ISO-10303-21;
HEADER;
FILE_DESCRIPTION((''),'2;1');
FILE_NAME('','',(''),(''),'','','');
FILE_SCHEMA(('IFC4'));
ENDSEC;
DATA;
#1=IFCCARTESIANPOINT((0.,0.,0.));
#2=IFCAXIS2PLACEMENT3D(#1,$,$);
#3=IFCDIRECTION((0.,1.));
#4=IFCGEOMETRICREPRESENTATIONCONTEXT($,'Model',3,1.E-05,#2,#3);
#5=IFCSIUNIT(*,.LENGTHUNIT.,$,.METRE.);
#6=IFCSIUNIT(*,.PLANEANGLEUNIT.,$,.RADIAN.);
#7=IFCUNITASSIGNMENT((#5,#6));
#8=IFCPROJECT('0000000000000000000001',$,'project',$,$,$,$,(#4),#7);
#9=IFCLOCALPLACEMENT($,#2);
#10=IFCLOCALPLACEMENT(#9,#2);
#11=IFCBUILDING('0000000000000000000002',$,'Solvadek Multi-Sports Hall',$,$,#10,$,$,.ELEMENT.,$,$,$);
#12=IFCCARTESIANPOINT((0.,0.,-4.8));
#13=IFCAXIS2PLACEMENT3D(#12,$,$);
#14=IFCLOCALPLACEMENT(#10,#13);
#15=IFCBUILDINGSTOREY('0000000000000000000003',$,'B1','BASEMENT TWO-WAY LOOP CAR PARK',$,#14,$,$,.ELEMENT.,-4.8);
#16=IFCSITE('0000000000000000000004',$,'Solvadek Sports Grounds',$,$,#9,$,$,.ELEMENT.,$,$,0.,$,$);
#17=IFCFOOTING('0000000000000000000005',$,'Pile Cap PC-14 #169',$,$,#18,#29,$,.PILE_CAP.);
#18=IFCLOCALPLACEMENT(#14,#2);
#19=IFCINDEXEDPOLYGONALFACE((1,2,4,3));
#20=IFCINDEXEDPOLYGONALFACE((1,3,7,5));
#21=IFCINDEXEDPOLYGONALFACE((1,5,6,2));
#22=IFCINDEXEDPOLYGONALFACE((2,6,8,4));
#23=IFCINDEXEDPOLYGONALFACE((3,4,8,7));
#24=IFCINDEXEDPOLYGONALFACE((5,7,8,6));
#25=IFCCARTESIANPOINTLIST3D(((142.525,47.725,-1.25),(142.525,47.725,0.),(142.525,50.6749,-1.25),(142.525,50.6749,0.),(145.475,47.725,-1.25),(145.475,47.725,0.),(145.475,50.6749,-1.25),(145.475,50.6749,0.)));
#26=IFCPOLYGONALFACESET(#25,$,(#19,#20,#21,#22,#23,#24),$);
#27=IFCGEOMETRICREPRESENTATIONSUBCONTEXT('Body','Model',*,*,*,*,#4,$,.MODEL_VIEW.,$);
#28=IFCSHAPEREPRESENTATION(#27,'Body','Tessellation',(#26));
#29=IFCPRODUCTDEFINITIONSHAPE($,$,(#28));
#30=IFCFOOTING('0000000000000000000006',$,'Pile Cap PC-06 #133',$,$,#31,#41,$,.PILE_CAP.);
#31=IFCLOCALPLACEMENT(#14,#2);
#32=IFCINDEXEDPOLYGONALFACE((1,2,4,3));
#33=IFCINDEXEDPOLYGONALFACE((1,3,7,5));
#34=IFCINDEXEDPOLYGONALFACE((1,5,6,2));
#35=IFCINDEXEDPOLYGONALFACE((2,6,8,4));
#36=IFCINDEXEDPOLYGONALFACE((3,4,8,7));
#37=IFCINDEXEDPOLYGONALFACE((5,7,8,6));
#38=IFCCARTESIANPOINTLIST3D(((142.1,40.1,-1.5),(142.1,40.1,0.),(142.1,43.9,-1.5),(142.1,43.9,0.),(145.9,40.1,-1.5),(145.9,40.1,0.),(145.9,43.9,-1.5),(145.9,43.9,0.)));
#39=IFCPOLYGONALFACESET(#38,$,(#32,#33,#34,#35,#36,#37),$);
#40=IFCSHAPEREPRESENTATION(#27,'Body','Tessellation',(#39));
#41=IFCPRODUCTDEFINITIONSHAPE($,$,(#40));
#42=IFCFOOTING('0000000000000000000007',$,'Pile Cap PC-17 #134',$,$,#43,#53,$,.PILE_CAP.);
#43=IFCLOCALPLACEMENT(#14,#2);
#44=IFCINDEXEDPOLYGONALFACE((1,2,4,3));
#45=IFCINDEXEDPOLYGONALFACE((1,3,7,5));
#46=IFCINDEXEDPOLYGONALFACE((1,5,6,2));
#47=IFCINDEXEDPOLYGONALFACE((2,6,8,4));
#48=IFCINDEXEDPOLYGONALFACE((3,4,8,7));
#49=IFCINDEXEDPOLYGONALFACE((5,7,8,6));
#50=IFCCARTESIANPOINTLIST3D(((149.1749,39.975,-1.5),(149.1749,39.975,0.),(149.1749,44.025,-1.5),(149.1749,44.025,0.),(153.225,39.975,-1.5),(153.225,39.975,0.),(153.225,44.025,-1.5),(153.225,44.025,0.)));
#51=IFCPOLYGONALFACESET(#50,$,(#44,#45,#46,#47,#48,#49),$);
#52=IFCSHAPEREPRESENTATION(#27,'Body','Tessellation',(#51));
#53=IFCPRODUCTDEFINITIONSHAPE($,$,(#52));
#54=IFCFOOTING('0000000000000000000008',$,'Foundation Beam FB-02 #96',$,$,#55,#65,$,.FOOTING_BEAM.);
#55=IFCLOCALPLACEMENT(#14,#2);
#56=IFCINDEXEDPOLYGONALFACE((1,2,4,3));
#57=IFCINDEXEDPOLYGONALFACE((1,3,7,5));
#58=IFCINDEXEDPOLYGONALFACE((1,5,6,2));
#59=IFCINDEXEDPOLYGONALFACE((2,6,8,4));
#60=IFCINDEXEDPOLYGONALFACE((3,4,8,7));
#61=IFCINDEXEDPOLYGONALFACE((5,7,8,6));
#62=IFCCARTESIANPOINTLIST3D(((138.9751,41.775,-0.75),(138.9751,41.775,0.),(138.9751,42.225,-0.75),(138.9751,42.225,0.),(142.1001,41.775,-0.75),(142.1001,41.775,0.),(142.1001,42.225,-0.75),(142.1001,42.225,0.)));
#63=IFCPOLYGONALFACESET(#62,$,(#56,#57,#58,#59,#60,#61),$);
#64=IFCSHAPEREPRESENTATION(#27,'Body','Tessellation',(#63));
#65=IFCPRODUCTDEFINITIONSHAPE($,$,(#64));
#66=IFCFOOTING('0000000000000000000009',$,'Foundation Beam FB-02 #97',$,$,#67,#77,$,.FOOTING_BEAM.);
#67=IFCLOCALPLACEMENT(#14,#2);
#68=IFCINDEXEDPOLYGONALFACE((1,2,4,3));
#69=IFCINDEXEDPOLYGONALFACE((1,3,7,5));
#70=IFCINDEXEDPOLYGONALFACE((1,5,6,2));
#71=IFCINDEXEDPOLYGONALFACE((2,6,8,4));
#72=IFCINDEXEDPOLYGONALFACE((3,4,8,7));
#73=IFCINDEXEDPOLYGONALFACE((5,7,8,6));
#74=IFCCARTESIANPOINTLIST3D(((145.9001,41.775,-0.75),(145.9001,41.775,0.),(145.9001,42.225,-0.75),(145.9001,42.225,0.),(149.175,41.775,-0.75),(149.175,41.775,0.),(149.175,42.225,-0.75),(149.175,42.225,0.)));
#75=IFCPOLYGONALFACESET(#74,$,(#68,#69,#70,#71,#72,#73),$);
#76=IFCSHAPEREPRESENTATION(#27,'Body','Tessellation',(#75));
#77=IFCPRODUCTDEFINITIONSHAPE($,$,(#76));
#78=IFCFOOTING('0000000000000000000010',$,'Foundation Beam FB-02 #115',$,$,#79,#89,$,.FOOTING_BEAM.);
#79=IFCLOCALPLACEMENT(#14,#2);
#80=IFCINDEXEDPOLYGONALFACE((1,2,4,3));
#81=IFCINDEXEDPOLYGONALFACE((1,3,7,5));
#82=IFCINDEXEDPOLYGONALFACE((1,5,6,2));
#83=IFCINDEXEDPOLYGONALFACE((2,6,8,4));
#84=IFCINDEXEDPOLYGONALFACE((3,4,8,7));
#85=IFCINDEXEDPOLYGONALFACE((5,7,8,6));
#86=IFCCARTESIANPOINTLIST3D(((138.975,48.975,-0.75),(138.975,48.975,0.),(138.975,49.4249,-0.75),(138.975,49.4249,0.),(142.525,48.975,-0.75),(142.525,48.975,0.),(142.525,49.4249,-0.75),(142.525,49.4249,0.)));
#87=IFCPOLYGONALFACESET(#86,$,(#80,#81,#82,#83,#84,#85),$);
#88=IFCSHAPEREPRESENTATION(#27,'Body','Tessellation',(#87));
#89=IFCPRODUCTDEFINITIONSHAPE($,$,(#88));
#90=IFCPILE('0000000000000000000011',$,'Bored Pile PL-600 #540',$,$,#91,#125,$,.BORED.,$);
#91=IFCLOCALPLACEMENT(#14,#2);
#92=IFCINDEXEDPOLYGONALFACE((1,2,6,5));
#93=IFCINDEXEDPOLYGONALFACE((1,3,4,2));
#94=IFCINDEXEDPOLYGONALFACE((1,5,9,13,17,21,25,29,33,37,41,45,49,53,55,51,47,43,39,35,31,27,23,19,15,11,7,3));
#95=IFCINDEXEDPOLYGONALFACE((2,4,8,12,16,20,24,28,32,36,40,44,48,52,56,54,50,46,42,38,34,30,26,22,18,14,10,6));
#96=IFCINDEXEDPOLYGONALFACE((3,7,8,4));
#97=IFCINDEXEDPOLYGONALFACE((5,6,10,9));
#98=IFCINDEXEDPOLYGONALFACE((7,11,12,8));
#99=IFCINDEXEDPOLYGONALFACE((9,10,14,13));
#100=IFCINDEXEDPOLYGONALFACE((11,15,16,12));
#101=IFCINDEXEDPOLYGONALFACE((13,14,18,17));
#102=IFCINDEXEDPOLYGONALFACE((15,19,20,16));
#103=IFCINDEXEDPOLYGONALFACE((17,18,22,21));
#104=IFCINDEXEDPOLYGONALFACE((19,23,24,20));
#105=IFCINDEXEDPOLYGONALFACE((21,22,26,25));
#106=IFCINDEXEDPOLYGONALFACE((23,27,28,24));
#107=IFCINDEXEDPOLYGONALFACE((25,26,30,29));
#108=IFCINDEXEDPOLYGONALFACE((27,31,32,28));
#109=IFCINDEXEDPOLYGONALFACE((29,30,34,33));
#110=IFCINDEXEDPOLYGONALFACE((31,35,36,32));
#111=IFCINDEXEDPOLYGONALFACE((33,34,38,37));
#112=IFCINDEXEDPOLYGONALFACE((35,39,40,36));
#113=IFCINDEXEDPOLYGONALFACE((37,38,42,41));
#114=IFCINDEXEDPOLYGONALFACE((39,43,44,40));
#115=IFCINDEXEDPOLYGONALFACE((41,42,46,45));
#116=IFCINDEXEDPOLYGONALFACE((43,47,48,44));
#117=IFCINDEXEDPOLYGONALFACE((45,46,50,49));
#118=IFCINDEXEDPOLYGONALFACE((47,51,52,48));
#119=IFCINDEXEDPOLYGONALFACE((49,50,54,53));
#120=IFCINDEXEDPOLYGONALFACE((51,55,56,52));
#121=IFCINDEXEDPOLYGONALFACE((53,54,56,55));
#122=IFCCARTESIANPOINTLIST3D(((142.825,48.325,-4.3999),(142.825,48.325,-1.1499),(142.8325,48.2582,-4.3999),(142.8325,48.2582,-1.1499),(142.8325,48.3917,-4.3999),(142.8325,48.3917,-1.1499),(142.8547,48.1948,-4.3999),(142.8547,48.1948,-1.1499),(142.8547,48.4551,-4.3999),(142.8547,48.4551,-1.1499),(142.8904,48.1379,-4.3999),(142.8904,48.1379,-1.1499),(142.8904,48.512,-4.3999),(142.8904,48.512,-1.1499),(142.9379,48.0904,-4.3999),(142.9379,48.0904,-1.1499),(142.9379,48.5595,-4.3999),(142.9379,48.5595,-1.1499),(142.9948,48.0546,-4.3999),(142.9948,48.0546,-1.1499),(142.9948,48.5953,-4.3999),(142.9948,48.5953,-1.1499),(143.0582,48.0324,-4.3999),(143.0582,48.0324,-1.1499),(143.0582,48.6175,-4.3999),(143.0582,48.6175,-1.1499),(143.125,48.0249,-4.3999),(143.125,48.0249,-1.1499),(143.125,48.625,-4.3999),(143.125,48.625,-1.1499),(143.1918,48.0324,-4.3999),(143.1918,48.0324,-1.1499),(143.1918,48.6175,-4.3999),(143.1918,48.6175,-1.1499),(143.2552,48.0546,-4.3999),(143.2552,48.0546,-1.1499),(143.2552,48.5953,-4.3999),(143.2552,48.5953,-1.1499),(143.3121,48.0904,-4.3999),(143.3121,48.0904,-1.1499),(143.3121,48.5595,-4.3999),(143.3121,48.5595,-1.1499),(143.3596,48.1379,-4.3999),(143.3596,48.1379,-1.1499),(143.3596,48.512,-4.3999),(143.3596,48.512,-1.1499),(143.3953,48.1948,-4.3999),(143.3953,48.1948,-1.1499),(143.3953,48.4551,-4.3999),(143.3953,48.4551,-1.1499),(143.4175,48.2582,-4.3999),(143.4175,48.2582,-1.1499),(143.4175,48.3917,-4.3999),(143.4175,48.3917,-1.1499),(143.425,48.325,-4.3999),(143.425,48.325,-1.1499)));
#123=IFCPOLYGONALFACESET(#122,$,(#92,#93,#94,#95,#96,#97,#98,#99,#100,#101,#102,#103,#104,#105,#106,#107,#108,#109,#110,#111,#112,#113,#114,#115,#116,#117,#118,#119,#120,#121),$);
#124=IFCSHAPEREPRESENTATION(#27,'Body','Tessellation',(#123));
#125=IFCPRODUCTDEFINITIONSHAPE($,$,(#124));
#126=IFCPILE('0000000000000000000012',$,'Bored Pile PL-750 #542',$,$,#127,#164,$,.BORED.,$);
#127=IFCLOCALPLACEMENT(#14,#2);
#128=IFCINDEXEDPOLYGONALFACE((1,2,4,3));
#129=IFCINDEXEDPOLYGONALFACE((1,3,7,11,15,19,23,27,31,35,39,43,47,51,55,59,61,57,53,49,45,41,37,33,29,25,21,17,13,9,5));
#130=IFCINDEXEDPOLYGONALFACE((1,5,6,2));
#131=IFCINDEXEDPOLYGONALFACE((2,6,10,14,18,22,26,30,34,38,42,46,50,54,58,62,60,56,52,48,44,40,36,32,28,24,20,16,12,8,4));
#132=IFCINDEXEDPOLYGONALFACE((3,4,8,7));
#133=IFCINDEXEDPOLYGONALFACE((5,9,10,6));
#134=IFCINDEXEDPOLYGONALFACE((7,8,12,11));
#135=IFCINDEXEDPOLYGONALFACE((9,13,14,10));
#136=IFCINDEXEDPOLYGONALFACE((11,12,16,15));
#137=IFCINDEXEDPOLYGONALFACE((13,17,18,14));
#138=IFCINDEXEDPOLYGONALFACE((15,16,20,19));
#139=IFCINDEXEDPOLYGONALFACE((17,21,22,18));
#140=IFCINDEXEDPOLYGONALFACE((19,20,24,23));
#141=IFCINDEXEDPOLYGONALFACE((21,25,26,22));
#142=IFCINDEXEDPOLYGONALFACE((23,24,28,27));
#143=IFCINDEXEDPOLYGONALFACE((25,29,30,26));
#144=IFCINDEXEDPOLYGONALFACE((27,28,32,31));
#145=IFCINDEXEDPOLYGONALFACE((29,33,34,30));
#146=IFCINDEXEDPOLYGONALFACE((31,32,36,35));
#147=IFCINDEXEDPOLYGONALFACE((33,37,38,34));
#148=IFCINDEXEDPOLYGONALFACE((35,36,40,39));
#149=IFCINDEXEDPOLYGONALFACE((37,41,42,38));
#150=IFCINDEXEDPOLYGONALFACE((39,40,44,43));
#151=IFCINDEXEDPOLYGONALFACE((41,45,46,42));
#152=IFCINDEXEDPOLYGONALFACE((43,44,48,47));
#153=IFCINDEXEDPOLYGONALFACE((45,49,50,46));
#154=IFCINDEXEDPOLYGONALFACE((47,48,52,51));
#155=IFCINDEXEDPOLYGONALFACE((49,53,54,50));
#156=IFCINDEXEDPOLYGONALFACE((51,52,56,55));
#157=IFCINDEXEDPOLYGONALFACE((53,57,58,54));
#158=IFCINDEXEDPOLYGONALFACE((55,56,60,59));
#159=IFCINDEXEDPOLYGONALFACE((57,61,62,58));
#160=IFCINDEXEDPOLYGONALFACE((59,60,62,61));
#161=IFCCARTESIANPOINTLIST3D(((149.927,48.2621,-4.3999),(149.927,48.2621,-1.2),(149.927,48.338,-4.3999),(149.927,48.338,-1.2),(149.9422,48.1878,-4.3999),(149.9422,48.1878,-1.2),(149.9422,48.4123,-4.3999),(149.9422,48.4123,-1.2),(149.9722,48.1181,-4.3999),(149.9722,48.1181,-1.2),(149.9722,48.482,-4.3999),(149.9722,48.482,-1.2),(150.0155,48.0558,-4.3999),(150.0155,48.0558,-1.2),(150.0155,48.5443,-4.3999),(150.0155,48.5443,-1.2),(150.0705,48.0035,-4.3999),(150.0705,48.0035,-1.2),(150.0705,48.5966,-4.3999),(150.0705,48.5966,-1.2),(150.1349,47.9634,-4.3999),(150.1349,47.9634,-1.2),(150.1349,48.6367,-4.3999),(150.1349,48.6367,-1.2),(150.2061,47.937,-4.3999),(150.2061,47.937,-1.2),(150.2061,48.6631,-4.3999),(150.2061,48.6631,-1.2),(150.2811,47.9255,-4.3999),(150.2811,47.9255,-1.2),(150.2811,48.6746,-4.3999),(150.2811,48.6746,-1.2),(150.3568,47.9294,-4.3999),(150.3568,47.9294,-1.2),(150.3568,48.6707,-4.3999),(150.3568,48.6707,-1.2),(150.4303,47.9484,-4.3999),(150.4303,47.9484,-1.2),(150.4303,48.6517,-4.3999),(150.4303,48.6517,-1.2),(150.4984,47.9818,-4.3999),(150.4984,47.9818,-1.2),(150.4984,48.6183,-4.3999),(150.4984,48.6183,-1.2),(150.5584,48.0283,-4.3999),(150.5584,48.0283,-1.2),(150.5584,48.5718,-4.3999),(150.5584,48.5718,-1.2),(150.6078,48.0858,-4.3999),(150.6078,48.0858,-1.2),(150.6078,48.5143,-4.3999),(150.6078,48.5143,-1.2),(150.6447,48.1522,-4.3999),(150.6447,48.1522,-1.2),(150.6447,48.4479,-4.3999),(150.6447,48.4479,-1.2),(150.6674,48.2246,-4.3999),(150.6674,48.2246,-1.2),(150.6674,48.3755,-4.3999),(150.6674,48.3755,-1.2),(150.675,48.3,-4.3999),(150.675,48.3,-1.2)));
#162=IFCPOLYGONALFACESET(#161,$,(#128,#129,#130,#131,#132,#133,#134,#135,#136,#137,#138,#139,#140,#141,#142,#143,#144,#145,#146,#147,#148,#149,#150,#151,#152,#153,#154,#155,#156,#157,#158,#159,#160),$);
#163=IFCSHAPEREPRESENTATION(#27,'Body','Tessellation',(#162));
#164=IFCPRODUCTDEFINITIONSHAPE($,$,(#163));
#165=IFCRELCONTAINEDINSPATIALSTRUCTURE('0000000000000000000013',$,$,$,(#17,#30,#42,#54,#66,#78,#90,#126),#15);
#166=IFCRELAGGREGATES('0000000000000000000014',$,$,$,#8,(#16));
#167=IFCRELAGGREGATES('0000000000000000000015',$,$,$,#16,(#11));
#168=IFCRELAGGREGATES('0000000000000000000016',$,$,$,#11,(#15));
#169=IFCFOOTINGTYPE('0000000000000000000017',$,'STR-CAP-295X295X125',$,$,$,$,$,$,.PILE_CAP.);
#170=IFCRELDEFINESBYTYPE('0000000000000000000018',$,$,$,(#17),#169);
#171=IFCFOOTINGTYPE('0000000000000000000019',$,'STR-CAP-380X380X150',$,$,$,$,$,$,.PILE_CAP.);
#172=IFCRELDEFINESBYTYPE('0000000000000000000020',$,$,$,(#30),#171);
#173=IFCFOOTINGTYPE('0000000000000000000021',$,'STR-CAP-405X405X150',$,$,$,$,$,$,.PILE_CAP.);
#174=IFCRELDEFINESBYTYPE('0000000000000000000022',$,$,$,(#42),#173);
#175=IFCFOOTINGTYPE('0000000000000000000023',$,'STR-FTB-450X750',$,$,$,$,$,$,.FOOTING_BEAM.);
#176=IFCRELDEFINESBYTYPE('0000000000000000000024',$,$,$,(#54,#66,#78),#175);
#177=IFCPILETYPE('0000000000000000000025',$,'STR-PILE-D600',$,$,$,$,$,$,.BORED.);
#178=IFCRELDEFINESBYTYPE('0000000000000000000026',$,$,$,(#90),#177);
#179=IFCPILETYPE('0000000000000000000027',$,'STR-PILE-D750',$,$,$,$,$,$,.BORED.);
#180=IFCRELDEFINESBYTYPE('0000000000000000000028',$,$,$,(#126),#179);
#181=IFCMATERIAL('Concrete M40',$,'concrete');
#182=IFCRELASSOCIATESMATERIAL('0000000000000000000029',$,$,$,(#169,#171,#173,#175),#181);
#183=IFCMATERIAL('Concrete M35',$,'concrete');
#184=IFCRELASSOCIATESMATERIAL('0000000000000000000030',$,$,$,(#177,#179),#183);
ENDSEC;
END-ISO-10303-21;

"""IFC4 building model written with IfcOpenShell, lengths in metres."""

from ifc_helpers import new_model, si_unit, direction, frame, origin, origin_2d, place, context, subcontext, project, spatial, rectangle, circle, extrude, material, material_profile, profile_set, type_object, element, save


model = new_model("IFC4")

# Units and contexts
model_context = context("Model", 3, precision=1e-05, world=origin(), true_north=direction((0.0, 1.0)))
body_context = subcontext(model_context, "Body", "Model", "MODEL_VIEW")
ifc_project = project(units=[si_unit("LENGTHUNIT", "METRE"), si_unit("PLANEANGLEUNIT", "RADIAN")], contexts=[model_context])

# Site, building, storey
site_placement = place(None, origin())
site = spatial("IfcSite", under=ifc_project, at=site_placement, Name="Solvadek Sports Grounds", CompositionType="ELEMENT", RefElevation=0.0)
building_placement = place(site_placement, origin())
building = spatial("IfcBuilding", under=site, at=building_placement, Name="Solvadek Multi-Sports Hall", CompositionType="ELEMENT")
storey_placement = place(building_placement, frame((0.0, 0.0, -4.8)))
storey = spatial("IfcBuildingStorey", under=building, at=storey_placement, Name="B1", Description="BASEMENT TWO-WAY LOOP CAR PARK", CompositionType="ELEMENT", Elevation=-4.8)

# Footings
ifc_material_1 = material(Name="Concrete M40", Category="concrete")
footing_type_1 = type_object("IfcFootingType", Name="STR-CAP-295X295X125", PredefinedType="PILE_CAP", material=ifc_material_1)
footing_1_placement = place(storey_placement, frame((144.0, 49.2, -1.25), z_axis=(0.0, 0.0, 1.0), x_axis=(1.0, 0.0, 0.0)))
element("IfcFooting", 1, at=footing_1_placement, inside=storey, type_object=footing_type_1, Name="Pile Cap PC-14 #169", PredefinedType="PILE_CAP", context=body_context, shape_type="SweptSolid", body=[
    extrude(rectangle(XDim=2.95, YDim=2.95, at=origin_2d()), origin(), (0.0, 0.0, 1.0), 1.25),
])
footing_type_2 = type_object("IfcFootingType", Name="STR-CAP-380X380X150", PredefinedType="PILE_CAP", material=ifc_material_1)
footing_2_placement = place(storey_placement, frame((144.0, 42.0, -1.5), z_axis=(0.0, 0.0, 1.0), x_axis=(1.0, 0.0, 0.0)))
element("IfcFooting", 2, at=footing_2_placement, inside=storey, type_object=footing_type_2, Name="Pile Cap PC-06 #133", PredefinedType="PILE_CAP", context=body_context, shape_type="SweptSolid", body=[
    extrude(rectangle(XDim=3.8, YDim=3.8, at=origin_2d()), origin(), (0.0, 0.0, 1.0), 1.5),
])
footing_type_3 = type_object("IfcFootingType", Name="STR-CAP-405X405X150", PredefinedType="PILE_CAP", material=ifc_material_1)
footing_3_placement = place(storey_placement, frame((151.2, 42.0, -1.5), z_axis=(0.0, 0.0, 1.0), x_axis=(1.0, 0.0, 0.0)))
element("IfcFooting", 3, at=footing_3_placement, inside=storey, type_object=footing_type_3, Name="Pile Cap PC-17 #134", PredefinedType="PILE_CAP", context=body_context, shape_type="SweptSolid", body=[
    extrude(rectangle(XDim=4.05, YDim=4.05, at=origin_2d()), origin(), (0.0, 0.0, 1.0), 1.5),
])
footing_type_4 = type_object("IfcFootingType", Name="STR-FTB-450X750", PredefinedType="FOOTING_BEAM", material=ifc_material_1)
footing_4_placement = place(storey_placement, frame((140.5376, 42.0, -0.75), z_axis=(0.0, 0.0, 1.0), x_axis=(1.0, 0.0, 0.0)))
element("IfcFooting", 4, at=footing_4_placement, inside=storey, type_object=footing_type_4, Name="Foundation Beam FB-02 #96", PredefinedType="FOOTING_BEAM", context=body_context, shape_type="SweptSolid", body=[
    extrude(rectangle(XDim=3.125, YDim=0.45, at=origin_2d()), origin(), (0.0, 0.0, 1.0), 0.75),
])
footing_5_placement = place(storey_placement, frame((147.5376, 42.0, -0.75), z_axis=(0.0, 0.0, 1.0), x_axis=(1.0, 0.0, 0.0)))
element("IfcFooting", 5, at=footing_5_placement, inside=storey, type_object=footing_type_4, Name="Foundation Beam FB-02 #97", PredefinedType="FOOTING_BEAM", context=body_context, shape_type="SweptSolid", body=[
    extrude(rectangle(XDim=3.2749, YDim=0.45, at=origin_2d()), origin(), (0.0, 0.0, 1.0), 0.75),
])
footing_6_placement = place(storey_placement, frame((140.75, 49.2, -0.75), z_axis=(0.0, 0.0, 1.0), x_axis=(1.0, 0.0, 0.0)))
element("IfcFooting", 6, at=footing_6_placement, inside=storey, type_object=footing_type_4, Name="Foundation Beam FB-02 #115", PredefinedType="FOOTING_BEAM", context=body_context, shape_type="SweptSolid", body=[
    extrude(rectangle(XDim=3.55, YDim=0.45, at=origin_2d()), origin(), (0.0, 0.0, 1.0), 0.75),
])

# Piles
ifc_material_2 = material(Name="Concrete M35", Category="concrete")
ifc_material_profile_1 = material_profile(ifc_material_2, circle(Radius=0.3, at=origin_2d()), Name="BORED PILE D600")
ifc_profile_set_1 = profile_set([ifc_material_profile_1], Name="Concrete M35")
pile_type_1 = type_object("IfcPileType", Name="STR-PILE-D600", PredefinedType="BORED", material=ifc_profile_set_1)
pile_1_placement = place(storey_placement, frame((143.125, 48.325, -1.1499), z_axis=(0.0, 0.0, -1.0), x_axis=(1.0, 0.0, 0.0)))
element("IfcPile", 7, at=pile_1_placement, inside=storey, type_object=pile_type_1, Name="Bored Pile PL-600 #540", PredefinedType="BORED", context=body_context, shape_type="SweptSolid", body=[
    extrude(circle(Radius=0.3, at=origin_2d()), origin(), (0.0, 0.0, 1.0), 3.25),
])
ifc_material_profile_2 = material_profile(ifc_material_2, circle(Radius=0.375, at=origin_2d()), Name="BORED PILE D750")
ifc_profile_set_2 = profile_set([ifc_material_profile_2], Name="Concrete M35")
pile_type_2 = type_object("IfcPileType", Name="STR-PILE-D750", PredefinedType="BORED", material=ifc_profile_set_2)
pile_2_placement = place(storey_placement, frame((150.3, 48.3, -1.2), z_axis=(0.0, 0.0, -1.0), x_axis=(1.0, 0.0, 0.0)))
element("IfcPile", 8, at=pile_2_placement, inside=storey, type_object=pile_type_2, Name="Bored Pile PL-750 #542", PredefinedType="BORED", context=body_context, shape_type="SweptSolid", body=[
    extrude(circle(Radius=0.375, at=origin_2d()), origin(), (0.0, 0.0, 1.0), 3.2),
])

save(model, "model.ifc")
